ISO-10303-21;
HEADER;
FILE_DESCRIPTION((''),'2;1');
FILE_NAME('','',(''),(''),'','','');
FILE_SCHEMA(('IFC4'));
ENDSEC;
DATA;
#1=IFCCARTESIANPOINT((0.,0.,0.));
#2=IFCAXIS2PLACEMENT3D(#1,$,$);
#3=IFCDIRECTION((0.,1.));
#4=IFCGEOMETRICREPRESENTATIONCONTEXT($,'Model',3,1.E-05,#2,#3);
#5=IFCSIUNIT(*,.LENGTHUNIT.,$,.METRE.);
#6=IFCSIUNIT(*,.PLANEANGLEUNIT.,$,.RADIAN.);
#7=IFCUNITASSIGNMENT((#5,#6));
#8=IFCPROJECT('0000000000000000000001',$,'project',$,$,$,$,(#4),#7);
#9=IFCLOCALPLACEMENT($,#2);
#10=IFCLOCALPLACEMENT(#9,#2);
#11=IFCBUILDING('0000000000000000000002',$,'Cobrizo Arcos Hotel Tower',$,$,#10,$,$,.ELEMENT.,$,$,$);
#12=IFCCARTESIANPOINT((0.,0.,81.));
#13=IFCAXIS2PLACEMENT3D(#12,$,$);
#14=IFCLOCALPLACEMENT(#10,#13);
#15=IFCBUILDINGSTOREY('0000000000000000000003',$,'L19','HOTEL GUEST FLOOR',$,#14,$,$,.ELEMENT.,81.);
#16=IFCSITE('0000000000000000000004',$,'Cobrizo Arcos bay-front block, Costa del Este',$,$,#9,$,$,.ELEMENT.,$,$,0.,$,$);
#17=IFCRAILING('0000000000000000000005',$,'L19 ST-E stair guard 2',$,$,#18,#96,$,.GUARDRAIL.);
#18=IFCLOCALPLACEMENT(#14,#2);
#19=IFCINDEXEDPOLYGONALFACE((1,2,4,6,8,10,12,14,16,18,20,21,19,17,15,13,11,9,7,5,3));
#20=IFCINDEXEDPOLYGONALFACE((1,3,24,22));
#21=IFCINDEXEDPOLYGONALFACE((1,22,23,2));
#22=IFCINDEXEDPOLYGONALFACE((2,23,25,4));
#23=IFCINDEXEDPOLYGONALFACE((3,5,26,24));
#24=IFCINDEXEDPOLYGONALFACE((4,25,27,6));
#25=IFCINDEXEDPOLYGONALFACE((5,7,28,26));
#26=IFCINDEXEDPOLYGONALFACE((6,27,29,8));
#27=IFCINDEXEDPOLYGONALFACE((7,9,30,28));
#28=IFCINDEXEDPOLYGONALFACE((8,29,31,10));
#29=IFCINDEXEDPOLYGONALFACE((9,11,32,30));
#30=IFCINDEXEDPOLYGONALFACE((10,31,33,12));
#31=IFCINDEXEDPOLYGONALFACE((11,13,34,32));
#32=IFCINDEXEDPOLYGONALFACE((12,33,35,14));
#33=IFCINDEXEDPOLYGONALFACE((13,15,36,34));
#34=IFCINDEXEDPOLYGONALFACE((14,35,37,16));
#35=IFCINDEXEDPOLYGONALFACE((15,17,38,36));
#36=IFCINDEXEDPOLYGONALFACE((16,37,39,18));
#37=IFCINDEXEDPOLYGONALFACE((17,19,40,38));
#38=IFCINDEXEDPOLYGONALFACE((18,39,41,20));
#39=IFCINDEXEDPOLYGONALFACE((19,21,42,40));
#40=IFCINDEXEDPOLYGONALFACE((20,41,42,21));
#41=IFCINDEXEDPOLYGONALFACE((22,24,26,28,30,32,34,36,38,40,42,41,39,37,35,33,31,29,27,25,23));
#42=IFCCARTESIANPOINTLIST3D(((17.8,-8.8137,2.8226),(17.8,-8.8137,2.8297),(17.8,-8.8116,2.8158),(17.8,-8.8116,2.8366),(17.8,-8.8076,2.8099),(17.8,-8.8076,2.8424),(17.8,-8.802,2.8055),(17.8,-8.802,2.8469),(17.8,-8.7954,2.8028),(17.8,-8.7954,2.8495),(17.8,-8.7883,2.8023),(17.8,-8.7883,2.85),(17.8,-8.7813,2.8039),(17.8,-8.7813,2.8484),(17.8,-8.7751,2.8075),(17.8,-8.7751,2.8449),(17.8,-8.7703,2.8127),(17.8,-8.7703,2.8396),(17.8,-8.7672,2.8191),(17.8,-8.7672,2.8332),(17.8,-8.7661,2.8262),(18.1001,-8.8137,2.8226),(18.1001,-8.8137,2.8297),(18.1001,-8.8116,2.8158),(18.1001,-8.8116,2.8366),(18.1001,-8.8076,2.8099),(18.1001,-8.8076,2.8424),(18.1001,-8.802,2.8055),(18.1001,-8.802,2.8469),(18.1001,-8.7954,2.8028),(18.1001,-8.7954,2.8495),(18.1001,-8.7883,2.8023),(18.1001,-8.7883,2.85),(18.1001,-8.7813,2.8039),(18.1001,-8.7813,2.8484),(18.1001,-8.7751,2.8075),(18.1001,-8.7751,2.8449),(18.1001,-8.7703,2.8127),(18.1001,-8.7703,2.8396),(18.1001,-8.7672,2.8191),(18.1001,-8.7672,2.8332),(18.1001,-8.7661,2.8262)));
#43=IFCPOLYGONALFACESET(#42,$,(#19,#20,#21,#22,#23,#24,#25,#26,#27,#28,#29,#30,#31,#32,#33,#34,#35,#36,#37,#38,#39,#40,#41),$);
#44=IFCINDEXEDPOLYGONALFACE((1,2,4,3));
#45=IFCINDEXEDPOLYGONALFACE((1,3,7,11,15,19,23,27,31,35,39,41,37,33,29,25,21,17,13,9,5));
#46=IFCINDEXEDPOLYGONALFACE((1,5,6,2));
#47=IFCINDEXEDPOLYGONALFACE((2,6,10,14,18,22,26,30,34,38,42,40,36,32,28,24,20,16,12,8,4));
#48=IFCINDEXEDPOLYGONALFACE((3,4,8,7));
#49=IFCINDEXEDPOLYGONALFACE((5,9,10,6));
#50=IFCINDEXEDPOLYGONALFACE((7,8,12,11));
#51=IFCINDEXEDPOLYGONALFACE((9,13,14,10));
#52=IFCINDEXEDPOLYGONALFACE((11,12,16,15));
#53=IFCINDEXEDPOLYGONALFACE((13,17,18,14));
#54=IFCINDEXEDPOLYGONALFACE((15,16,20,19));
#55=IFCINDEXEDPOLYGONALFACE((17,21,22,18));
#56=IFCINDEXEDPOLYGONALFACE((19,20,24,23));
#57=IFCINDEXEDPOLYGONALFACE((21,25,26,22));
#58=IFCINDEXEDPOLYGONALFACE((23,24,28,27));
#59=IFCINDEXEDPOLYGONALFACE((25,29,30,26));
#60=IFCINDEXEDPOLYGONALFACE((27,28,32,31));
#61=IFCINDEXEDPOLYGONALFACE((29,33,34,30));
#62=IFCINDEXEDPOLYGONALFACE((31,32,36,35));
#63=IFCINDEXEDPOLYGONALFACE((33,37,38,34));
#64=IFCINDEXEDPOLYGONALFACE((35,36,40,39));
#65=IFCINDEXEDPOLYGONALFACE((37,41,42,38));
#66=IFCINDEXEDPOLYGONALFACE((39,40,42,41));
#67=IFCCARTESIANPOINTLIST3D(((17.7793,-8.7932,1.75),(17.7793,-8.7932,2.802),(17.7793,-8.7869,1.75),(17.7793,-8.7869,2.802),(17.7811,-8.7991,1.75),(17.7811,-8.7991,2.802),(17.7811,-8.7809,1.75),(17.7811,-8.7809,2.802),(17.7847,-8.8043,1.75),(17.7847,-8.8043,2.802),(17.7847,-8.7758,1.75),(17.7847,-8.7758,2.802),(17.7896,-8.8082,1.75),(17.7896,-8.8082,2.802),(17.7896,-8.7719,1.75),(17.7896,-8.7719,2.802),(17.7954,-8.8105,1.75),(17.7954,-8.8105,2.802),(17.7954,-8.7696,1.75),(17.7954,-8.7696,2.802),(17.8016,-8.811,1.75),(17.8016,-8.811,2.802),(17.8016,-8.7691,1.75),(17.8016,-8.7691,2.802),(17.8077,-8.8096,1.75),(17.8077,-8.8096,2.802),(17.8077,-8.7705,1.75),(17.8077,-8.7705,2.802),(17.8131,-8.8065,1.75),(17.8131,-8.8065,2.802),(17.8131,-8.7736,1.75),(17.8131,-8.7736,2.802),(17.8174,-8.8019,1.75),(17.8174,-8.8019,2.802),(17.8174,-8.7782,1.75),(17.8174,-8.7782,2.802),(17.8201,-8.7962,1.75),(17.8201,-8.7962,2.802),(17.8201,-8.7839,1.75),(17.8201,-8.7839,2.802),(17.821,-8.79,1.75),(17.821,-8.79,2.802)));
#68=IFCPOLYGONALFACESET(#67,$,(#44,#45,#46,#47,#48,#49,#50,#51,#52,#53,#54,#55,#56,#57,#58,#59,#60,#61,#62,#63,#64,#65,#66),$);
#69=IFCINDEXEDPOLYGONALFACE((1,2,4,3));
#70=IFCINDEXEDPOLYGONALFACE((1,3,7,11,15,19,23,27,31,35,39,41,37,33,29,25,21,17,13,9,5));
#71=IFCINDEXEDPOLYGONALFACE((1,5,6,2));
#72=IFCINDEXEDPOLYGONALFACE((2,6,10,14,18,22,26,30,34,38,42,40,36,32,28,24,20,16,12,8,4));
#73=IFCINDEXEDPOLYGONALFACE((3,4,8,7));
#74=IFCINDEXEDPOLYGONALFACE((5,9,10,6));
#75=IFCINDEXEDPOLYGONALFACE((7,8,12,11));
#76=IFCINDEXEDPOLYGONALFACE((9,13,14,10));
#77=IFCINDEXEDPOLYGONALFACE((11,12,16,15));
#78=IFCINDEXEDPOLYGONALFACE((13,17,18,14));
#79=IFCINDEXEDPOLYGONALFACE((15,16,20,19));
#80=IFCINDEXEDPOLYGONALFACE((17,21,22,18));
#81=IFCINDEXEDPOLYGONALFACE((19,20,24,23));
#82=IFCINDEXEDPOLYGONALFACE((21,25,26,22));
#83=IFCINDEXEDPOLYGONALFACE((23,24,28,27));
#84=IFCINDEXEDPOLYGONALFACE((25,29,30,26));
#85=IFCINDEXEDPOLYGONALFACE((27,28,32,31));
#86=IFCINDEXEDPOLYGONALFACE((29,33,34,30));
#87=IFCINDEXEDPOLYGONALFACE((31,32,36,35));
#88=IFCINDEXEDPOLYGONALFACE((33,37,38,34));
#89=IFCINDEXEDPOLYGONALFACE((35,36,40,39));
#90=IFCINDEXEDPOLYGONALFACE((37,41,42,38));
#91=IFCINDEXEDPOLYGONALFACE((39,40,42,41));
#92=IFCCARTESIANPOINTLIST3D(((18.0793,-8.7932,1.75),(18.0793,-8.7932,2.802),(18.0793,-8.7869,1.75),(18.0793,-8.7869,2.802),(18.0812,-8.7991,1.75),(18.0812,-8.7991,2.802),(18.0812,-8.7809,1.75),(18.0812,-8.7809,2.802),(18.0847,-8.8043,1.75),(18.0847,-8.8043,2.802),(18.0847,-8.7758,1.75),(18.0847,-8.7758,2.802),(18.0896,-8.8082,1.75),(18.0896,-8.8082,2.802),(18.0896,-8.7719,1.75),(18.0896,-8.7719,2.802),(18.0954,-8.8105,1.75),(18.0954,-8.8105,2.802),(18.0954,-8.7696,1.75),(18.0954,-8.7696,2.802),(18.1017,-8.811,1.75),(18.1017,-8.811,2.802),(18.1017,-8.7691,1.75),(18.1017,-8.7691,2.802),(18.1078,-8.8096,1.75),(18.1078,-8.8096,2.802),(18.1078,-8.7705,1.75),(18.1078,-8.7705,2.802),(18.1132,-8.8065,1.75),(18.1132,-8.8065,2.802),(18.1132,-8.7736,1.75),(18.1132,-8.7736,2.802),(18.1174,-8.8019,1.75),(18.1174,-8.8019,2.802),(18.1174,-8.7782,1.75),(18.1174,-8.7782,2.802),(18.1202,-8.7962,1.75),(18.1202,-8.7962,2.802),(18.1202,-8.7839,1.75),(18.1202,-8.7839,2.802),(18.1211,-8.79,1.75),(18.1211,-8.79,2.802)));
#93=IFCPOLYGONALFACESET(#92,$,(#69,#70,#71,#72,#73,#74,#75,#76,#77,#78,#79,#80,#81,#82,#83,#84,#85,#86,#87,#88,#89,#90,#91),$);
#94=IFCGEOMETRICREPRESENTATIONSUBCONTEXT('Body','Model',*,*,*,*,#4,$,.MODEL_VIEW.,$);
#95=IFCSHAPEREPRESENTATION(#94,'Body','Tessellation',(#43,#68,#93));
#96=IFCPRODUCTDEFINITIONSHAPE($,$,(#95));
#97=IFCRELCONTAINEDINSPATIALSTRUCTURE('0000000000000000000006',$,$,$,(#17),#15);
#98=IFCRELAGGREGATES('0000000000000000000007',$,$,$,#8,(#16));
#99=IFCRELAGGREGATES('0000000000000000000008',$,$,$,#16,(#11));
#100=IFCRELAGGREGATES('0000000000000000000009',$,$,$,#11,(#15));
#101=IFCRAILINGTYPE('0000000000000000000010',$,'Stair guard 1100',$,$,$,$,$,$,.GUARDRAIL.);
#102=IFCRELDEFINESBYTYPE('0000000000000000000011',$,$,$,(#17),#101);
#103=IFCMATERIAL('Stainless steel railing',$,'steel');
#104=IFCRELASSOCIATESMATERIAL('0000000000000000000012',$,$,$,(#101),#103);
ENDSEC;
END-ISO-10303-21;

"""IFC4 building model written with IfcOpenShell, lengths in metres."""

from ifc_helpers import new_model, si_unit, direction, frame, origin, origin_2d, place, context, subcontext, project, spatial, circle, extrude, material, type_object, element, save


model = new_model("IFC4")

# Units and contexts
model_context = context("Model", 3, precision=1e-05, world=origin(), true_north=direction((0.0, 1.0)))
body_context = subcontext(model_context, "Body", "Model", "MODEL_VIEW")
ifc_project = project(units=[si_unit("LENGTHUNIT", "METRE"), si_unit("PLANEANGLEUNIT", "RADIAN")], contexts=[model_context])

# Site, building, storey
site_placement = place(None, origin())
site = spatial("IfcSite", under=ifc_project, at=site_placement, Name="Cobrizo Arcos bay-front block, Costa del Este", CompositionType="ELEMENT", RefElevation=0.0)
building_placement = place(site_placement, origin())
building = spatial("IfcBuilding", under=site, at=building_placement, Name="Cobrizo Arcos Hotel Tower", CompositionType="ELEMENT")
storey_placement = place(building_placement, frame((0.0, 0.0, 81.0)))
storey = spatial("IfcBuildingStorey", under=building, at=storey_placement, Name="L19", Description="HOTEL GUEST FLOOR", CompositionType="ELEMENT", Elevation=81.0)

# Railing
ifc_material_1 = material(Name="Stainless steel railing", Category="steel")
railing_type_1 = type_object("IfcRailingType", Name="Stair guard 1100", PredefinedType="GUARDRAIL", material=ifc_material_1)
railing_1_placement = place(storey_placement, frame((17.8, -8.79, 1.75)))
element("IfcRailing", 1, at=railing_1_placement, inside=storey, type_object=railing_type_1, Name="L19 ST-E stair guard 2", PredefinedType="GUARDRAIL", context=body_context, shape_type="SweptSolid", body=[
    extrude(circle(Radius=0.0239, at=origin_2d()), frame((0.0, 0.0, 1.0762), z_axis=(1.0, 0.0, 0.0), x_axis=(0.0, 1.0, 0.0)), (0.0, 0.0, 1.0), 0.3),
    extrude(circle(Radius=0.021, at=origin_2d()), origin(), (0.0, 0.0, 1.0), 1.052),
    extrude(circle(Radius=0.021, at=origin_2d()), frame((0.3, 0.0, 0.0)), (0.0, 0.0, 1.0), 1.052),
])

save(model, "model.ifc")
